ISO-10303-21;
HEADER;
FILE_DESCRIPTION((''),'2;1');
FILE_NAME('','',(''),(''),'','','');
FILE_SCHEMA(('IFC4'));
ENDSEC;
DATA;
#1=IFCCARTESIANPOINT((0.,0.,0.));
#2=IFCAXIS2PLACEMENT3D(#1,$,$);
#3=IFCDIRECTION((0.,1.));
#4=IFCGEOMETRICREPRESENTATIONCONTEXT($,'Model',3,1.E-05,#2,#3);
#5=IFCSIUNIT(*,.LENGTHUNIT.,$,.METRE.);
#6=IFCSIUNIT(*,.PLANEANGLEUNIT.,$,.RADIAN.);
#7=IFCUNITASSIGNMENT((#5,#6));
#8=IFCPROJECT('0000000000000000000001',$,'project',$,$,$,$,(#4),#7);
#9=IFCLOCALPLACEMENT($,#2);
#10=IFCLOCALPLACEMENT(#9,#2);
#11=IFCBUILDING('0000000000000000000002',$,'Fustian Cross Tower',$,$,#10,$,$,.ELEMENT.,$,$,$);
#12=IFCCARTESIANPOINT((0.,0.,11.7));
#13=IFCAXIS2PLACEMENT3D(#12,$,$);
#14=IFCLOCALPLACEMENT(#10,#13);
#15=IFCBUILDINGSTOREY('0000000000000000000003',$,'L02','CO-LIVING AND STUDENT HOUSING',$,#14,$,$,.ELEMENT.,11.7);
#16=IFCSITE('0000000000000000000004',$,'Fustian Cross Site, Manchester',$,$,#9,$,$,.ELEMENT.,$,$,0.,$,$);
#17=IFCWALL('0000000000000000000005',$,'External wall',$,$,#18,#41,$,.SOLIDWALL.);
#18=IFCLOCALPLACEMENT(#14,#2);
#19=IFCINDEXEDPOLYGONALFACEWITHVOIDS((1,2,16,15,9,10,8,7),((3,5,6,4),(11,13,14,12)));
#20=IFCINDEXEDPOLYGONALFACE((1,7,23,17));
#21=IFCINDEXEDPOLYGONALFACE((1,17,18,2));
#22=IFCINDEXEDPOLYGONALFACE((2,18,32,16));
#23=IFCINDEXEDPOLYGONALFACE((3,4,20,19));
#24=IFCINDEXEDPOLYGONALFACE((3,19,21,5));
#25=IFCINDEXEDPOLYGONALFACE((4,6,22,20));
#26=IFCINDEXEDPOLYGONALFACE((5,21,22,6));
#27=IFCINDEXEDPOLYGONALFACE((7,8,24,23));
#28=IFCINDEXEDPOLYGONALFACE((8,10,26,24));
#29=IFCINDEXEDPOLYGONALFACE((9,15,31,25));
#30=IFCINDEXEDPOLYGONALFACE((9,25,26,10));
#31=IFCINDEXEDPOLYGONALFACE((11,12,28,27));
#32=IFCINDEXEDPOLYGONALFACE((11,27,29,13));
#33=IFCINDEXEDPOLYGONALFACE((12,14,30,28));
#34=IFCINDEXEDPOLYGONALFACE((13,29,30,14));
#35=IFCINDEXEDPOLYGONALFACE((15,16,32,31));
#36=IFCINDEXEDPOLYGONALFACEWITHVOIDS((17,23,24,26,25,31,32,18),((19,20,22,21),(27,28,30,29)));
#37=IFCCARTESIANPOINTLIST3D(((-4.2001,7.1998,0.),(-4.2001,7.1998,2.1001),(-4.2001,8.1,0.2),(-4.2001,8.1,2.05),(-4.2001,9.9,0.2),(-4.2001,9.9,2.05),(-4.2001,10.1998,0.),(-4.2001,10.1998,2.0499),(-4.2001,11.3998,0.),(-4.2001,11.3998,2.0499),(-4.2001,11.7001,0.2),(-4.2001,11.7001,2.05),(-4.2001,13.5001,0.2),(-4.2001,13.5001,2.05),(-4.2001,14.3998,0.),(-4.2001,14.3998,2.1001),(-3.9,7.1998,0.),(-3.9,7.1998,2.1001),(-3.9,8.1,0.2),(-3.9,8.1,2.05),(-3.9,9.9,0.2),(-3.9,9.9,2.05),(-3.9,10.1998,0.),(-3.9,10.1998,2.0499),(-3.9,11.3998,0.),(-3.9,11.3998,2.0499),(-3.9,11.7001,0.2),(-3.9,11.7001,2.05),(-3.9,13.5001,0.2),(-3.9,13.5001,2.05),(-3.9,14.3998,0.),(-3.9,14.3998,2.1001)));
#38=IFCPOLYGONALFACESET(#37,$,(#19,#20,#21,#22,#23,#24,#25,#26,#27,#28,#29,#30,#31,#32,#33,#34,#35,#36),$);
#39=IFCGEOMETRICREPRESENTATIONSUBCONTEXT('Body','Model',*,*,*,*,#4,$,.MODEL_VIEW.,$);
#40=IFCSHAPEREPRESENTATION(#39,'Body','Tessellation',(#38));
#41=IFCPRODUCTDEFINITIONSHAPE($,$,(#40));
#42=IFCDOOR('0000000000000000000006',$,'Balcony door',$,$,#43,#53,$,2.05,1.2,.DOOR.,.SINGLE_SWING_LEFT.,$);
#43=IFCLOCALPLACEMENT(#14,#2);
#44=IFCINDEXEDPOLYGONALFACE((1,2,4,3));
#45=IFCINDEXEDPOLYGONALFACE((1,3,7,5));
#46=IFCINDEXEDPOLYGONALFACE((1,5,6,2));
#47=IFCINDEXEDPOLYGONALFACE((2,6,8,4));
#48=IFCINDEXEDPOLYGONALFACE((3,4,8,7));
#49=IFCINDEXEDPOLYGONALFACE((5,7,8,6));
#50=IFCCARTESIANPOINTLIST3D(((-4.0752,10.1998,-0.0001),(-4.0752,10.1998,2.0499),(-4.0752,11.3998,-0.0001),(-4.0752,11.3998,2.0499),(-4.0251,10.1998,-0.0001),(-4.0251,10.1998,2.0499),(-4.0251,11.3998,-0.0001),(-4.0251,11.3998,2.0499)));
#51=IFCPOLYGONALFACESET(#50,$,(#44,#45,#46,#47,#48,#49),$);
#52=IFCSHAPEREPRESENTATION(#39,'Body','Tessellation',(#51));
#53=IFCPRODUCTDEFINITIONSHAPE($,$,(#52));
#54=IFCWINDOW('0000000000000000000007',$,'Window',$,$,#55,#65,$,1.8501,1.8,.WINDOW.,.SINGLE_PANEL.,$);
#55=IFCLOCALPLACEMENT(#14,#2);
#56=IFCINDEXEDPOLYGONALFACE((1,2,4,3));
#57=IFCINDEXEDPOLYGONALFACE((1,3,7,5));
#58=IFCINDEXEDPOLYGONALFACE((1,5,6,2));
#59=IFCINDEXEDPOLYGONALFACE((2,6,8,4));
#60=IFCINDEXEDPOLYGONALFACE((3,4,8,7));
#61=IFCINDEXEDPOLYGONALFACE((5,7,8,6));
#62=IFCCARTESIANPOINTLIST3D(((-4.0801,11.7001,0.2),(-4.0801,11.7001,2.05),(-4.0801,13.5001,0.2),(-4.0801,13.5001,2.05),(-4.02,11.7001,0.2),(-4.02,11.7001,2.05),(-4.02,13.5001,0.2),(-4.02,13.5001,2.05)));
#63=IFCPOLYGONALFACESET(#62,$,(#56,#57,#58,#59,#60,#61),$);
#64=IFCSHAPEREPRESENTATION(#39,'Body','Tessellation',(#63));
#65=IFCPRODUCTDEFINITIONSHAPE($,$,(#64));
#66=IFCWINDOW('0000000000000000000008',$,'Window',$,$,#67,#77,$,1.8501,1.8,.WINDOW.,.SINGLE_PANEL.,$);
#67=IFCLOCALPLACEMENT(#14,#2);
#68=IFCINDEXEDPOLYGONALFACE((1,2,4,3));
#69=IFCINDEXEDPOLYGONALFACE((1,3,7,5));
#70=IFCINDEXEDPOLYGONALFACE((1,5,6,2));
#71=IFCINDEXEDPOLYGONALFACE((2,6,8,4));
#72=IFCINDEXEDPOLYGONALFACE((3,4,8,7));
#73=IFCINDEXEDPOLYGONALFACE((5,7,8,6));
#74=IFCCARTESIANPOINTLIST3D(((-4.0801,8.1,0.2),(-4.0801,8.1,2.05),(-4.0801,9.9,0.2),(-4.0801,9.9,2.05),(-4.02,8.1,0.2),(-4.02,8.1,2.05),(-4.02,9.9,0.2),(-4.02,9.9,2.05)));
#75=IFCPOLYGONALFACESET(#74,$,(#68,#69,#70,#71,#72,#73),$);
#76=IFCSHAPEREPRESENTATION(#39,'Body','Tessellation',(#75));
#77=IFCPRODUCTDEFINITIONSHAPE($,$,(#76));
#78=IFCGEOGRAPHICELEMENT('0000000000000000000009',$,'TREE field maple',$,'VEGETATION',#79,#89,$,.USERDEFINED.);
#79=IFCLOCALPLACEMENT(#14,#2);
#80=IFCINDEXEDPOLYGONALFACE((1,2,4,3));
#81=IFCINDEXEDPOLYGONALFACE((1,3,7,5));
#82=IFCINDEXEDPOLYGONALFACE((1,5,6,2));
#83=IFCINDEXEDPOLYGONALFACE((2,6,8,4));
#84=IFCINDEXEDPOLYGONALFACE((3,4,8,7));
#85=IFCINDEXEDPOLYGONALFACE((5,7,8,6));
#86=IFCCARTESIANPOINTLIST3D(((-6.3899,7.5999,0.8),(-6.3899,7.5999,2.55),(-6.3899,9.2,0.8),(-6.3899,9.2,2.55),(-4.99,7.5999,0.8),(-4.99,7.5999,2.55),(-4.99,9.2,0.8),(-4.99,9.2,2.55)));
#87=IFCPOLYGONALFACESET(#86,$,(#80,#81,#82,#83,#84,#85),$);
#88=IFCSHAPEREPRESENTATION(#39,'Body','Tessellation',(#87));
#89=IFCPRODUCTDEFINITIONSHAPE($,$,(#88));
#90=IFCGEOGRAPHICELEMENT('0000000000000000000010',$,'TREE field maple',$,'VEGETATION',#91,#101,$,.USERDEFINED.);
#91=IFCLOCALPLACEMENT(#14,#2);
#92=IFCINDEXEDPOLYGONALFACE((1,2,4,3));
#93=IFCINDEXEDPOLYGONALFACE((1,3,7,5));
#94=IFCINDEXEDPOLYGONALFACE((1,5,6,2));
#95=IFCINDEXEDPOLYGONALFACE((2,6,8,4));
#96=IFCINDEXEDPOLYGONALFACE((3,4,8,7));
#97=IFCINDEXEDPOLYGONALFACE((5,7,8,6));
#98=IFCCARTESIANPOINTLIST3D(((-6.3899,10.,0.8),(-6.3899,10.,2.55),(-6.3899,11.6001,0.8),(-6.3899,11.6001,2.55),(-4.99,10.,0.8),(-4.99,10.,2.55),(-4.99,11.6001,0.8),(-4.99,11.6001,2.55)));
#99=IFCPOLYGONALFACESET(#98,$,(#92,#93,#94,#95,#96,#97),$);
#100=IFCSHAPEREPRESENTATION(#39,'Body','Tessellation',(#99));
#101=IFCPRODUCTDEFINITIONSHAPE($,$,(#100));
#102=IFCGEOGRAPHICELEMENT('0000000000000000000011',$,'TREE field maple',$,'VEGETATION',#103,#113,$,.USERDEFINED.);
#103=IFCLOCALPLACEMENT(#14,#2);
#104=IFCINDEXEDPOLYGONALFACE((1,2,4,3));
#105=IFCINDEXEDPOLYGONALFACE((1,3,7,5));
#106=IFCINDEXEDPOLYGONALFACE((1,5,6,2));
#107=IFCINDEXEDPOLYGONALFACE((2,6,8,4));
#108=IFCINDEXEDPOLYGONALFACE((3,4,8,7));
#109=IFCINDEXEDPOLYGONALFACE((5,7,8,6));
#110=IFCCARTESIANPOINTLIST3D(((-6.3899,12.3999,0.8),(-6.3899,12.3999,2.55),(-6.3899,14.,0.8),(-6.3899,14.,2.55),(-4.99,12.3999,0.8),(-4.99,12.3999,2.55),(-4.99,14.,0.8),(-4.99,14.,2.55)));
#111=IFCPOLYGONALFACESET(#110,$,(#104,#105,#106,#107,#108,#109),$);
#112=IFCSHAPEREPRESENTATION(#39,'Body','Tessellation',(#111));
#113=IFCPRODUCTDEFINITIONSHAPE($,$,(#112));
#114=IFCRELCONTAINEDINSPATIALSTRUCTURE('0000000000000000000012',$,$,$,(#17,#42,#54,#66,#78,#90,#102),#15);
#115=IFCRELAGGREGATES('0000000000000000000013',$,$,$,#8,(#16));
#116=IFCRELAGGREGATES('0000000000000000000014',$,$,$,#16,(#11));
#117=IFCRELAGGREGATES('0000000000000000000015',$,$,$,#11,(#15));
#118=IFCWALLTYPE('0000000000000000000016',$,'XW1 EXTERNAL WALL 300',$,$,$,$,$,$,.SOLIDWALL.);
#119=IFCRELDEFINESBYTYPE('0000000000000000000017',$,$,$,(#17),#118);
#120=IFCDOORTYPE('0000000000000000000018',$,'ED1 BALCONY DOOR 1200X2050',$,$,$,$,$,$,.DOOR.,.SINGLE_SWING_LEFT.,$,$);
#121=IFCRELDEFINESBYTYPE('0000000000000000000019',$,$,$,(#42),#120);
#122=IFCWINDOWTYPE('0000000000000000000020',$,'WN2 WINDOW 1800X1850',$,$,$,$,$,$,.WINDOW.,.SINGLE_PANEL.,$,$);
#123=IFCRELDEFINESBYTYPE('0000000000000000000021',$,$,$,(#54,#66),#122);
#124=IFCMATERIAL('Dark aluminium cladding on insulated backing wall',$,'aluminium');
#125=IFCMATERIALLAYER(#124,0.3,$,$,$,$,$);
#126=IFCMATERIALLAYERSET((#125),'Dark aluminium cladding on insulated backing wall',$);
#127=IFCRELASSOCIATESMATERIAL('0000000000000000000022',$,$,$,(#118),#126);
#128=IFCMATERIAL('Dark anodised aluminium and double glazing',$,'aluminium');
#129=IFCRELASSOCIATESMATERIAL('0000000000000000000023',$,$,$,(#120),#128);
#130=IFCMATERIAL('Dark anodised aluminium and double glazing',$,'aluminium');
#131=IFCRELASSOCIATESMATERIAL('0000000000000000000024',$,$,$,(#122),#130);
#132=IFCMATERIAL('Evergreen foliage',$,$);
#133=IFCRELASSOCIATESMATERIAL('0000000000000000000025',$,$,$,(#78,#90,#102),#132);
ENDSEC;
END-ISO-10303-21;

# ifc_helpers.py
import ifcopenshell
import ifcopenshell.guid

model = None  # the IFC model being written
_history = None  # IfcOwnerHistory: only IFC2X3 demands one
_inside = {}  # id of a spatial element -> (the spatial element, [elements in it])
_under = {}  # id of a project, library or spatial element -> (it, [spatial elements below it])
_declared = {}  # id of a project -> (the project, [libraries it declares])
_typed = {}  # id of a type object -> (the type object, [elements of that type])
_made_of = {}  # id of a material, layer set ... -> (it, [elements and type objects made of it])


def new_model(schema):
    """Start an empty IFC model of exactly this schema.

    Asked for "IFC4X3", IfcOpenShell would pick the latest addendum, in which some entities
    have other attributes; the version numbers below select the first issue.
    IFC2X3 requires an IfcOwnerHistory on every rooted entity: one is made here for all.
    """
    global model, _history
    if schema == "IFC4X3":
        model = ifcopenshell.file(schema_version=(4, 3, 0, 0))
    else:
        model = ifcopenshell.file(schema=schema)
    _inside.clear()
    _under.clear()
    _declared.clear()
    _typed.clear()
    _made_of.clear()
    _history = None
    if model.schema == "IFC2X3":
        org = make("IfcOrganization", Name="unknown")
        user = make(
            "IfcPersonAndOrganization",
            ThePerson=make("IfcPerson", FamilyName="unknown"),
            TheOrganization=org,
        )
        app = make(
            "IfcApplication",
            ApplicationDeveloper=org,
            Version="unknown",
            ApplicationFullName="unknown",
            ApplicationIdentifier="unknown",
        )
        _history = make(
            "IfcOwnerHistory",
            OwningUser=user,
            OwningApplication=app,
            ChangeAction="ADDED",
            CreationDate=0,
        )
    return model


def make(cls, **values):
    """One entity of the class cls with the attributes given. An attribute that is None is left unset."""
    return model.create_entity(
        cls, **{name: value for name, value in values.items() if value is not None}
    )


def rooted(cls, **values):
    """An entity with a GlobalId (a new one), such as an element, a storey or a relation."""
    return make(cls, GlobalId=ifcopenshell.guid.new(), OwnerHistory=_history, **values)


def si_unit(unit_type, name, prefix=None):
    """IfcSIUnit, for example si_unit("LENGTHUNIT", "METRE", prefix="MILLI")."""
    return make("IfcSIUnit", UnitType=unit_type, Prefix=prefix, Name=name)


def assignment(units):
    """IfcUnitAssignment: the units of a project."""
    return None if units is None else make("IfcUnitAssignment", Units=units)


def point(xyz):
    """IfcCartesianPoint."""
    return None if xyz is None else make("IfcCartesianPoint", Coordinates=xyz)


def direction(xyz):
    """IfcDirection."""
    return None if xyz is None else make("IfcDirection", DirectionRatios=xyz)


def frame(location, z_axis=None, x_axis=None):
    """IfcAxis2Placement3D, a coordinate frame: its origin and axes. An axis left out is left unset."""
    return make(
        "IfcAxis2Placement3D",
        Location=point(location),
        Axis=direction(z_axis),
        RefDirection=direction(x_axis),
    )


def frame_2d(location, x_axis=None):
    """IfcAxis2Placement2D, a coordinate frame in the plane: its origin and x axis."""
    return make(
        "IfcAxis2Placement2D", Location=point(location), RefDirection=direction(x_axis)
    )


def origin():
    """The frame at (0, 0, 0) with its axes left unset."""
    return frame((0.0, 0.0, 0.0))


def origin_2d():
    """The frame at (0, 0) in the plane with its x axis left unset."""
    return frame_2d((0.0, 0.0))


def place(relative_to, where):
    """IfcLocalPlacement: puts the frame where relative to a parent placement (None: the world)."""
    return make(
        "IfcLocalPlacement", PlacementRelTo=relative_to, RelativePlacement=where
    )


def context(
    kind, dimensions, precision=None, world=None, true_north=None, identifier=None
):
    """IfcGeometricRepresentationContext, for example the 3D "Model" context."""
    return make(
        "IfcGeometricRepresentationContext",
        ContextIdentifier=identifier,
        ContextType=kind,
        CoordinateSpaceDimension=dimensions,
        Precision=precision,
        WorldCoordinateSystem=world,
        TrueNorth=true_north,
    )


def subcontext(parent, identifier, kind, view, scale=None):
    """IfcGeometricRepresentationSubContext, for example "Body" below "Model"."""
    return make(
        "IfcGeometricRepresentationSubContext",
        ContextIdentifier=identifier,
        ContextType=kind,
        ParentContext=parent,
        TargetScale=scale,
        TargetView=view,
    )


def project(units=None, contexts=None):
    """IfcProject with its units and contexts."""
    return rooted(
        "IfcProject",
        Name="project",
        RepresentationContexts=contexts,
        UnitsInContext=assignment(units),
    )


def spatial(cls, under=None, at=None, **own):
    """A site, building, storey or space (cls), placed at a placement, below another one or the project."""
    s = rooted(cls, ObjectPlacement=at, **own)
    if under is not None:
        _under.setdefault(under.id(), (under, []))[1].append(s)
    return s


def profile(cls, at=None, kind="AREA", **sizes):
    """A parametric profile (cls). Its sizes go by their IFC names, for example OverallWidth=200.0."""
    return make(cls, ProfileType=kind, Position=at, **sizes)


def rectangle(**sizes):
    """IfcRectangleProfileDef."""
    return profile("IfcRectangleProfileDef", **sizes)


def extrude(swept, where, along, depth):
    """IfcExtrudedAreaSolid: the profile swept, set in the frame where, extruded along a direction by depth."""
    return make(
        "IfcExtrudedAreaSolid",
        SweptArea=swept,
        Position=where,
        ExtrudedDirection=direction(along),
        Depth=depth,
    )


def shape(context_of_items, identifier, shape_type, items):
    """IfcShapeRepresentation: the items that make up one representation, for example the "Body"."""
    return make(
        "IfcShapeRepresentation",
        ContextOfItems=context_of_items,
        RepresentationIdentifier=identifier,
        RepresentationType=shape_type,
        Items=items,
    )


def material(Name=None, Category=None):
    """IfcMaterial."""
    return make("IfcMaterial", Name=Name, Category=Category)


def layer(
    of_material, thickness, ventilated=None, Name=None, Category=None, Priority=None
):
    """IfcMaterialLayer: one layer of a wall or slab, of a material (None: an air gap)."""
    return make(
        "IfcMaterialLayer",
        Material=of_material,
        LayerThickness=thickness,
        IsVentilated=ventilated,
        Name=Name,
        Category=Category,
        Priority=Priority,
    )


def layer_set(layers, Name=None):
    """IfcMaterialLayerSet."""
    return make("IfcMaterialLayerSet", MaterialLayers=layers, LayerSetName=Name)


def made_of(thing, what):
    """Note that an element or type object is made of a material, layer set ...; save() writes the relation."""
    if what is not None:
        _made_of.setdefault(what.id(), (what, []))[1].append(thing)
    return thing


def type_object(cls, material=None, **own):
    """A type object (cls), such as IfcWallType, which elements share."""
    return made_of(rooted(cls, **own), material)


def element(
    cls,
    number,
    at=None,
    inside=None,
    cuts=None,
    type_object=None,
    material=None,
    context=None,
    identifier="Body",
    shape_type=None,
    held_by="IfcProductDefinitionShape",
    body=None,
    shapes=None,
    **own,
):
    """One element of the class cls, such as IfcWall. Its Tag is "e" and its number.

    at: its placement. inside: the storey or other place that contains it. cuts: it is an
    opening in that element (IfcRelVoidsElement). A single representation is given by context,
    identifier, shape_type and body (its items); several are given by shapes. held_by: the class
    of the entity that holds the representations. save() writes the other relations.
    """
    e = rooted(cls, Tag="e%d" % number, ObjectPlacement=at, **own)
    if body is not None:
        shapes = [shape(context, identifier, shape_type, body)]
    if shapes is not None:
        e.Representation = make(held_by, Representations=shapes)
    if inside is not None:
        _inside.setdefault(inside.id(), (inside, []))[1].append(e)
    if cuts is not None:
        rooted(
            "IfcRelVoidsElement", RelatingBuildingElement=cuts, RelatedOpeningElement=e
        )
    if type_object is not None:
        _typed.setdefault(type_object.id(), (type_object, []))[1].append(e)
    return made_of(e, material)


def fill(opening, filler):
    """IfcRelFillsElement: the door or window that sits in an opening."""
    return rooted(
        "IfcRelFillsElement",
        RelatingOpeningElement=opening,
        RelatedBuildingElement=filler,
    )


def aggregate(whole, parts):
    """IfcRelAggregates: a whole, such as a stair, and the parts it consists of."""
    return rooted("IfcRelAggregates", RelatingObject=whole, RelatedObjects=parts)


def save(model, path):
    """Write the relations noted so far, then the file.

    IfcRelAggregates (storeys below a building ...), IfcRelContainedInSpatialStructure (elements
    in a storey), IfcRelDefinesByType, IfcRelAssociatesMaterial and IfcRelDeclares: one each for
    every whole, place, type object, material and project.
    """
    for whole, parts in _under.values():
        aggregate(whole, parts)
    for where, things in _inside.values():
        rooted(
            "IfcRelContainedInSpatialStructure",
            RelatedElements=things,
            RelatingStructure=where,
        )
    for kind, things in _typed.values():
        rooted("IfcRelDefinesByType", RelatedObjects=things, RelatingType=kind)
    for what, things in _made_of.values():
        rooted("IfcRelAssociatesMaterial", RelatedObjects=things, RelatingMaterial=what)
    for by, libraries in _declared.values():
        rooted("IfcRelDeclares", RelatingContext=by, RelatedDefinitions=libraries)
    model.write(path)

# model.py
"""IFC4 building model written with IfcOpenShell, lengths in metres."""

from ifc_helpers import new_model, si_unit, direction, frame, frame_2d, origin, origin_2d, place, context, subcontext, project, spatial, rectangle, extrude, material, layer, layer_set, type_object, element, fill, save


model = new_model("IFC4")

# Units and contexts
model_context = context("Model", 3, precision=1e-05, world=origin(), true_north=direction((0.0, 1.0)))
body_context = subcontext(model_context, "Body", "Model", "MODEL_VIEW")
ifc_project = project(units=[si_unit("LENGTHUNIT", "METRE"), si_unit("PLANEANGLEUNIT", "RADIAN")], contexts=[model_context])

# Site, building, storey
site_placement = place(None, origin())
site = spatial("IfcSite", under=ifc_project, at=site_placement, Name="Fustian Cross Site, Manchester", CompositionType="ELEMENT", RefElevation=0.0)
building_placement = place(site_placement, origin())
building = spatial("IfcBuilding", under=site, at=building_placement, Name="Fustian Cross Tower", CompositionType="ELEMENT")
storey_placement = place(building_placement, frame((0.0, 0.0, 11.7)))
storey = spatial("IfcBuildingStorey", under=building, at=storey_placement, Name="L02", Description="CO-LIVING AND STUDENT HOUSING", CompositionType="ELEMENT", Elevation=11.7)

# Shared definitions
ifc_material_1 = material(Name="Dark aluminium cladding on insulated backing wall", Category="aluminium")
ifc_layer_1 = layer(ifc_material_1, 0.3)
ifc_layer_set_1 = layer_set([ifc_layer_1], Name="Dark aluminium cladding on insulated backing wall")
wall_type_1 = type_object("IfcWallType", Name="XW1 EXTERNAL WALL 300", PredefinedType="SOLIDWALL", material=ifc_layer_set_1)

# Wall, openings, door, windows
wall_1_placement = place(storey_placement, frame((-4.05, 14.3999, 0.0), z_axis=(0.0, 0.0, 1.0), x_axis=(0.0, -1.0, 0.0)))
wall_1 = element("IfcWall", 1, at=wall_1_placement, inside=storey, type_object=wall_type_1, Name="External wall", PredefinedType="SOLIDWALL", context=body_context, shape_type="SweptSolid", body=[
    extrude(rectangle(XDim=7.2, YDim=0.3, at=frame_2d((3.6001, 0.0))), origin(), (0.0, 0.0, 1.0), 2.1001),
])
opening_1_placement = place(wall_1_placement, frame((3.0, 0.0, 0.0)))
opening_1 = element("IfcOpeningElement", 2, at=opening_1_placement, cuts=wall_1, PredefinedType="OPENING", context=body_context, shape_type="SweptSolid", body=[
    extrude(rectangle(XDim=1.2, YDim=2.05, at=frame_2d((0.6001, 1.0249))), frame((0.0, 0.1599, 0.0), z_axis=(0.0, -1.0, 0.0), x_axis=(1.0, 0.0, 0.0)), (0.0, 0.0, 1.0), 0.3201),
])
opening_2_placement = place(wall_1_placement, frame((0.8999, 0.0, 0.2)))
opening_2 = element("IfcOpeningElement", 3, at=opening_2_placement, cuts=wall_1, PredefinedType="OPENING", context=body_context, shape_type="SweptSolid", body=[
    extrude(rectangle(XDim=1.8, YDim=1.8501, at=frame_2d((0.8999, 0.925))), frame((0.0, 0.1599, 0.0), z_axis=(0.0, -1.0, 0.0), x_axis=(1.0, 0.0, 0.0)), (0.0, 0.0, 1.0), 0.3201),
])
opening_3_placement = place(wall_1_placement, frame((4.5, 0.0, 0.2)))
opening_3 = element("IfcOpeningElement", 4, at=opening_3_placement, cuts=wall_1, PredefinedType="OPENING", context=body_context, shape_type="SweptSolid", body=[
    extrude(rectangle(XDim=1.8, YDim=1.8501, at=frame_2d((0.8999, 0.925))), frame((0.0, 0.1599, 0.0), z_axis=(0.0, -1.0, 0.0), x_axis=(1.0, 0.0, 0.0)), (0.0, 0.0, 1.0), 0.3201),
])
ifc_material_2 = material(Name="Dark anodised aluminium and double glazing", Category="aluminium")
door_type_1 = type_object("IfcDoorType", Name="ED1 BALCONY DOOR 1200X2050", OperationType="SINGLE_SWING_LEFT", PredefinedType="DOOR", material=ifc_material_2)
door_1_placement = place(opening_1_placement, origin())
door_1 = element("IfcDoor", 5, at=door_1_placement, inside=storey, type_object=door_type_1, Name="Balcony door", OperationType="SINGLE_SWING_LEFT", OverallHeight=2.05, OverallWidth=1.2, PredefinedType="DOOR", context=body_context, shape_type="SweptSolid", body=[
    extrude(rectangle(XDim=1.2, YDim=2.05, at=frame_2d((0.6001, 1.0249))), frame((0.0, 0.0249, 0.0), z_axis=(0.0, -1.0, 0.0), x_axis=(1.0, 0.0, 0.0)), (0.0, 0.0, 1.0), 0.05),
])
fill(opening_1, door_1)
ifc_material_3 = material(Name="Dark anodised aluminium and double glazing", Category="aluminium")
window_type = type_object("IfcWindowType", Name="WN2 WINDOW 1800X1850", PartitioningType="SINGLE_PANEL", PredefinedType="WINDOW", material=ifc_material_3)
window_1_placement = place(opening_2_placement, origin())
window_1 = element("IfcWindow", 6, at=window_1_placement, inside=storey, type_object=window_type, Name="Window", OverallHeight=1.8501, OverallWidth=1.8, PartitioningType="SINGLE_PANEL", PredefinedType="WINDOW", context=body_context, shape_type="SweptSolid", body=[
    extrude(rectangle(XDim=1.8, YDim=1.8501, at=frame_2d((0.8999, 0.925))), frame((0.0, 0.03, 0.0), z_axis=(0.0, -1.0, 0.0), x_axis=(1.0, 0.0, 0.0)), (0.0, 0.0, 1.0), 0.0601),
])
fill(opening_2, window_1)
window_2_placement = place(opening_3_placement, origin())
window_2 = element("IfcWindow", 7, at=window_2_placement, inside=storey, type_object=window_type, Name="Window", OverallHeight=1.8501, OverallWidth=1.8, PartitioningType="SINGLE_PANEL", PredefinedType="WINDOW", context=body_context, shape_type="SweptSolid", body=[
    extrude(rectangle(XDim=1.8, YDim=1.8501, at=frame_2d((0.8999, 0.925))), frame((0.0, 0.03, 0.0), z_axis=(0.0, -1.0, 0.0), x_axis=(1.0, 0.0, 0.0)), (0.0, 0.0, 1.0), 0.0601),
])
fill(opening_3, window_2)

# Geographic elements
ifc_material_4 = material(Name="Evergreen foliage")
for number, where, z_axis, x_axis, name in (
    (8, (-5.6899, 8.3999, 0.8), (0.0, 0.0, 1.0), (1.0, 0.0, 0.0), "TREE field maple"),
    (9, (-5.6899, 10.8, 0.8), (0.0, 0.0, 1.0), (1.0, 0.0, 0.0), "TREE field maple"),
    (10, (-5.6899, 13.2, 0.8), (0.0, 0.0, 1.0), (1.0, 0.0, 0.0), "TREE field maple"),
):
    element("IfcGeographicElement", number, at=place(storey_placement, frame(where, z_axis=z_axis, x_axis=x_axis)), inside=storey, material=ifc_material_4, Name=name, ObjectType="VEGETATION", PredefinedType="USERDEFINED", context=body_context, shape_type="SweptSolid", body=[
        extrude(rectangle(XDim=1.3999, YDim=1.6001, at=origin_2d()), origin(), (0.0, 0.0, 1.0), 1.75),
    ])

save(model, "model.ifc")
